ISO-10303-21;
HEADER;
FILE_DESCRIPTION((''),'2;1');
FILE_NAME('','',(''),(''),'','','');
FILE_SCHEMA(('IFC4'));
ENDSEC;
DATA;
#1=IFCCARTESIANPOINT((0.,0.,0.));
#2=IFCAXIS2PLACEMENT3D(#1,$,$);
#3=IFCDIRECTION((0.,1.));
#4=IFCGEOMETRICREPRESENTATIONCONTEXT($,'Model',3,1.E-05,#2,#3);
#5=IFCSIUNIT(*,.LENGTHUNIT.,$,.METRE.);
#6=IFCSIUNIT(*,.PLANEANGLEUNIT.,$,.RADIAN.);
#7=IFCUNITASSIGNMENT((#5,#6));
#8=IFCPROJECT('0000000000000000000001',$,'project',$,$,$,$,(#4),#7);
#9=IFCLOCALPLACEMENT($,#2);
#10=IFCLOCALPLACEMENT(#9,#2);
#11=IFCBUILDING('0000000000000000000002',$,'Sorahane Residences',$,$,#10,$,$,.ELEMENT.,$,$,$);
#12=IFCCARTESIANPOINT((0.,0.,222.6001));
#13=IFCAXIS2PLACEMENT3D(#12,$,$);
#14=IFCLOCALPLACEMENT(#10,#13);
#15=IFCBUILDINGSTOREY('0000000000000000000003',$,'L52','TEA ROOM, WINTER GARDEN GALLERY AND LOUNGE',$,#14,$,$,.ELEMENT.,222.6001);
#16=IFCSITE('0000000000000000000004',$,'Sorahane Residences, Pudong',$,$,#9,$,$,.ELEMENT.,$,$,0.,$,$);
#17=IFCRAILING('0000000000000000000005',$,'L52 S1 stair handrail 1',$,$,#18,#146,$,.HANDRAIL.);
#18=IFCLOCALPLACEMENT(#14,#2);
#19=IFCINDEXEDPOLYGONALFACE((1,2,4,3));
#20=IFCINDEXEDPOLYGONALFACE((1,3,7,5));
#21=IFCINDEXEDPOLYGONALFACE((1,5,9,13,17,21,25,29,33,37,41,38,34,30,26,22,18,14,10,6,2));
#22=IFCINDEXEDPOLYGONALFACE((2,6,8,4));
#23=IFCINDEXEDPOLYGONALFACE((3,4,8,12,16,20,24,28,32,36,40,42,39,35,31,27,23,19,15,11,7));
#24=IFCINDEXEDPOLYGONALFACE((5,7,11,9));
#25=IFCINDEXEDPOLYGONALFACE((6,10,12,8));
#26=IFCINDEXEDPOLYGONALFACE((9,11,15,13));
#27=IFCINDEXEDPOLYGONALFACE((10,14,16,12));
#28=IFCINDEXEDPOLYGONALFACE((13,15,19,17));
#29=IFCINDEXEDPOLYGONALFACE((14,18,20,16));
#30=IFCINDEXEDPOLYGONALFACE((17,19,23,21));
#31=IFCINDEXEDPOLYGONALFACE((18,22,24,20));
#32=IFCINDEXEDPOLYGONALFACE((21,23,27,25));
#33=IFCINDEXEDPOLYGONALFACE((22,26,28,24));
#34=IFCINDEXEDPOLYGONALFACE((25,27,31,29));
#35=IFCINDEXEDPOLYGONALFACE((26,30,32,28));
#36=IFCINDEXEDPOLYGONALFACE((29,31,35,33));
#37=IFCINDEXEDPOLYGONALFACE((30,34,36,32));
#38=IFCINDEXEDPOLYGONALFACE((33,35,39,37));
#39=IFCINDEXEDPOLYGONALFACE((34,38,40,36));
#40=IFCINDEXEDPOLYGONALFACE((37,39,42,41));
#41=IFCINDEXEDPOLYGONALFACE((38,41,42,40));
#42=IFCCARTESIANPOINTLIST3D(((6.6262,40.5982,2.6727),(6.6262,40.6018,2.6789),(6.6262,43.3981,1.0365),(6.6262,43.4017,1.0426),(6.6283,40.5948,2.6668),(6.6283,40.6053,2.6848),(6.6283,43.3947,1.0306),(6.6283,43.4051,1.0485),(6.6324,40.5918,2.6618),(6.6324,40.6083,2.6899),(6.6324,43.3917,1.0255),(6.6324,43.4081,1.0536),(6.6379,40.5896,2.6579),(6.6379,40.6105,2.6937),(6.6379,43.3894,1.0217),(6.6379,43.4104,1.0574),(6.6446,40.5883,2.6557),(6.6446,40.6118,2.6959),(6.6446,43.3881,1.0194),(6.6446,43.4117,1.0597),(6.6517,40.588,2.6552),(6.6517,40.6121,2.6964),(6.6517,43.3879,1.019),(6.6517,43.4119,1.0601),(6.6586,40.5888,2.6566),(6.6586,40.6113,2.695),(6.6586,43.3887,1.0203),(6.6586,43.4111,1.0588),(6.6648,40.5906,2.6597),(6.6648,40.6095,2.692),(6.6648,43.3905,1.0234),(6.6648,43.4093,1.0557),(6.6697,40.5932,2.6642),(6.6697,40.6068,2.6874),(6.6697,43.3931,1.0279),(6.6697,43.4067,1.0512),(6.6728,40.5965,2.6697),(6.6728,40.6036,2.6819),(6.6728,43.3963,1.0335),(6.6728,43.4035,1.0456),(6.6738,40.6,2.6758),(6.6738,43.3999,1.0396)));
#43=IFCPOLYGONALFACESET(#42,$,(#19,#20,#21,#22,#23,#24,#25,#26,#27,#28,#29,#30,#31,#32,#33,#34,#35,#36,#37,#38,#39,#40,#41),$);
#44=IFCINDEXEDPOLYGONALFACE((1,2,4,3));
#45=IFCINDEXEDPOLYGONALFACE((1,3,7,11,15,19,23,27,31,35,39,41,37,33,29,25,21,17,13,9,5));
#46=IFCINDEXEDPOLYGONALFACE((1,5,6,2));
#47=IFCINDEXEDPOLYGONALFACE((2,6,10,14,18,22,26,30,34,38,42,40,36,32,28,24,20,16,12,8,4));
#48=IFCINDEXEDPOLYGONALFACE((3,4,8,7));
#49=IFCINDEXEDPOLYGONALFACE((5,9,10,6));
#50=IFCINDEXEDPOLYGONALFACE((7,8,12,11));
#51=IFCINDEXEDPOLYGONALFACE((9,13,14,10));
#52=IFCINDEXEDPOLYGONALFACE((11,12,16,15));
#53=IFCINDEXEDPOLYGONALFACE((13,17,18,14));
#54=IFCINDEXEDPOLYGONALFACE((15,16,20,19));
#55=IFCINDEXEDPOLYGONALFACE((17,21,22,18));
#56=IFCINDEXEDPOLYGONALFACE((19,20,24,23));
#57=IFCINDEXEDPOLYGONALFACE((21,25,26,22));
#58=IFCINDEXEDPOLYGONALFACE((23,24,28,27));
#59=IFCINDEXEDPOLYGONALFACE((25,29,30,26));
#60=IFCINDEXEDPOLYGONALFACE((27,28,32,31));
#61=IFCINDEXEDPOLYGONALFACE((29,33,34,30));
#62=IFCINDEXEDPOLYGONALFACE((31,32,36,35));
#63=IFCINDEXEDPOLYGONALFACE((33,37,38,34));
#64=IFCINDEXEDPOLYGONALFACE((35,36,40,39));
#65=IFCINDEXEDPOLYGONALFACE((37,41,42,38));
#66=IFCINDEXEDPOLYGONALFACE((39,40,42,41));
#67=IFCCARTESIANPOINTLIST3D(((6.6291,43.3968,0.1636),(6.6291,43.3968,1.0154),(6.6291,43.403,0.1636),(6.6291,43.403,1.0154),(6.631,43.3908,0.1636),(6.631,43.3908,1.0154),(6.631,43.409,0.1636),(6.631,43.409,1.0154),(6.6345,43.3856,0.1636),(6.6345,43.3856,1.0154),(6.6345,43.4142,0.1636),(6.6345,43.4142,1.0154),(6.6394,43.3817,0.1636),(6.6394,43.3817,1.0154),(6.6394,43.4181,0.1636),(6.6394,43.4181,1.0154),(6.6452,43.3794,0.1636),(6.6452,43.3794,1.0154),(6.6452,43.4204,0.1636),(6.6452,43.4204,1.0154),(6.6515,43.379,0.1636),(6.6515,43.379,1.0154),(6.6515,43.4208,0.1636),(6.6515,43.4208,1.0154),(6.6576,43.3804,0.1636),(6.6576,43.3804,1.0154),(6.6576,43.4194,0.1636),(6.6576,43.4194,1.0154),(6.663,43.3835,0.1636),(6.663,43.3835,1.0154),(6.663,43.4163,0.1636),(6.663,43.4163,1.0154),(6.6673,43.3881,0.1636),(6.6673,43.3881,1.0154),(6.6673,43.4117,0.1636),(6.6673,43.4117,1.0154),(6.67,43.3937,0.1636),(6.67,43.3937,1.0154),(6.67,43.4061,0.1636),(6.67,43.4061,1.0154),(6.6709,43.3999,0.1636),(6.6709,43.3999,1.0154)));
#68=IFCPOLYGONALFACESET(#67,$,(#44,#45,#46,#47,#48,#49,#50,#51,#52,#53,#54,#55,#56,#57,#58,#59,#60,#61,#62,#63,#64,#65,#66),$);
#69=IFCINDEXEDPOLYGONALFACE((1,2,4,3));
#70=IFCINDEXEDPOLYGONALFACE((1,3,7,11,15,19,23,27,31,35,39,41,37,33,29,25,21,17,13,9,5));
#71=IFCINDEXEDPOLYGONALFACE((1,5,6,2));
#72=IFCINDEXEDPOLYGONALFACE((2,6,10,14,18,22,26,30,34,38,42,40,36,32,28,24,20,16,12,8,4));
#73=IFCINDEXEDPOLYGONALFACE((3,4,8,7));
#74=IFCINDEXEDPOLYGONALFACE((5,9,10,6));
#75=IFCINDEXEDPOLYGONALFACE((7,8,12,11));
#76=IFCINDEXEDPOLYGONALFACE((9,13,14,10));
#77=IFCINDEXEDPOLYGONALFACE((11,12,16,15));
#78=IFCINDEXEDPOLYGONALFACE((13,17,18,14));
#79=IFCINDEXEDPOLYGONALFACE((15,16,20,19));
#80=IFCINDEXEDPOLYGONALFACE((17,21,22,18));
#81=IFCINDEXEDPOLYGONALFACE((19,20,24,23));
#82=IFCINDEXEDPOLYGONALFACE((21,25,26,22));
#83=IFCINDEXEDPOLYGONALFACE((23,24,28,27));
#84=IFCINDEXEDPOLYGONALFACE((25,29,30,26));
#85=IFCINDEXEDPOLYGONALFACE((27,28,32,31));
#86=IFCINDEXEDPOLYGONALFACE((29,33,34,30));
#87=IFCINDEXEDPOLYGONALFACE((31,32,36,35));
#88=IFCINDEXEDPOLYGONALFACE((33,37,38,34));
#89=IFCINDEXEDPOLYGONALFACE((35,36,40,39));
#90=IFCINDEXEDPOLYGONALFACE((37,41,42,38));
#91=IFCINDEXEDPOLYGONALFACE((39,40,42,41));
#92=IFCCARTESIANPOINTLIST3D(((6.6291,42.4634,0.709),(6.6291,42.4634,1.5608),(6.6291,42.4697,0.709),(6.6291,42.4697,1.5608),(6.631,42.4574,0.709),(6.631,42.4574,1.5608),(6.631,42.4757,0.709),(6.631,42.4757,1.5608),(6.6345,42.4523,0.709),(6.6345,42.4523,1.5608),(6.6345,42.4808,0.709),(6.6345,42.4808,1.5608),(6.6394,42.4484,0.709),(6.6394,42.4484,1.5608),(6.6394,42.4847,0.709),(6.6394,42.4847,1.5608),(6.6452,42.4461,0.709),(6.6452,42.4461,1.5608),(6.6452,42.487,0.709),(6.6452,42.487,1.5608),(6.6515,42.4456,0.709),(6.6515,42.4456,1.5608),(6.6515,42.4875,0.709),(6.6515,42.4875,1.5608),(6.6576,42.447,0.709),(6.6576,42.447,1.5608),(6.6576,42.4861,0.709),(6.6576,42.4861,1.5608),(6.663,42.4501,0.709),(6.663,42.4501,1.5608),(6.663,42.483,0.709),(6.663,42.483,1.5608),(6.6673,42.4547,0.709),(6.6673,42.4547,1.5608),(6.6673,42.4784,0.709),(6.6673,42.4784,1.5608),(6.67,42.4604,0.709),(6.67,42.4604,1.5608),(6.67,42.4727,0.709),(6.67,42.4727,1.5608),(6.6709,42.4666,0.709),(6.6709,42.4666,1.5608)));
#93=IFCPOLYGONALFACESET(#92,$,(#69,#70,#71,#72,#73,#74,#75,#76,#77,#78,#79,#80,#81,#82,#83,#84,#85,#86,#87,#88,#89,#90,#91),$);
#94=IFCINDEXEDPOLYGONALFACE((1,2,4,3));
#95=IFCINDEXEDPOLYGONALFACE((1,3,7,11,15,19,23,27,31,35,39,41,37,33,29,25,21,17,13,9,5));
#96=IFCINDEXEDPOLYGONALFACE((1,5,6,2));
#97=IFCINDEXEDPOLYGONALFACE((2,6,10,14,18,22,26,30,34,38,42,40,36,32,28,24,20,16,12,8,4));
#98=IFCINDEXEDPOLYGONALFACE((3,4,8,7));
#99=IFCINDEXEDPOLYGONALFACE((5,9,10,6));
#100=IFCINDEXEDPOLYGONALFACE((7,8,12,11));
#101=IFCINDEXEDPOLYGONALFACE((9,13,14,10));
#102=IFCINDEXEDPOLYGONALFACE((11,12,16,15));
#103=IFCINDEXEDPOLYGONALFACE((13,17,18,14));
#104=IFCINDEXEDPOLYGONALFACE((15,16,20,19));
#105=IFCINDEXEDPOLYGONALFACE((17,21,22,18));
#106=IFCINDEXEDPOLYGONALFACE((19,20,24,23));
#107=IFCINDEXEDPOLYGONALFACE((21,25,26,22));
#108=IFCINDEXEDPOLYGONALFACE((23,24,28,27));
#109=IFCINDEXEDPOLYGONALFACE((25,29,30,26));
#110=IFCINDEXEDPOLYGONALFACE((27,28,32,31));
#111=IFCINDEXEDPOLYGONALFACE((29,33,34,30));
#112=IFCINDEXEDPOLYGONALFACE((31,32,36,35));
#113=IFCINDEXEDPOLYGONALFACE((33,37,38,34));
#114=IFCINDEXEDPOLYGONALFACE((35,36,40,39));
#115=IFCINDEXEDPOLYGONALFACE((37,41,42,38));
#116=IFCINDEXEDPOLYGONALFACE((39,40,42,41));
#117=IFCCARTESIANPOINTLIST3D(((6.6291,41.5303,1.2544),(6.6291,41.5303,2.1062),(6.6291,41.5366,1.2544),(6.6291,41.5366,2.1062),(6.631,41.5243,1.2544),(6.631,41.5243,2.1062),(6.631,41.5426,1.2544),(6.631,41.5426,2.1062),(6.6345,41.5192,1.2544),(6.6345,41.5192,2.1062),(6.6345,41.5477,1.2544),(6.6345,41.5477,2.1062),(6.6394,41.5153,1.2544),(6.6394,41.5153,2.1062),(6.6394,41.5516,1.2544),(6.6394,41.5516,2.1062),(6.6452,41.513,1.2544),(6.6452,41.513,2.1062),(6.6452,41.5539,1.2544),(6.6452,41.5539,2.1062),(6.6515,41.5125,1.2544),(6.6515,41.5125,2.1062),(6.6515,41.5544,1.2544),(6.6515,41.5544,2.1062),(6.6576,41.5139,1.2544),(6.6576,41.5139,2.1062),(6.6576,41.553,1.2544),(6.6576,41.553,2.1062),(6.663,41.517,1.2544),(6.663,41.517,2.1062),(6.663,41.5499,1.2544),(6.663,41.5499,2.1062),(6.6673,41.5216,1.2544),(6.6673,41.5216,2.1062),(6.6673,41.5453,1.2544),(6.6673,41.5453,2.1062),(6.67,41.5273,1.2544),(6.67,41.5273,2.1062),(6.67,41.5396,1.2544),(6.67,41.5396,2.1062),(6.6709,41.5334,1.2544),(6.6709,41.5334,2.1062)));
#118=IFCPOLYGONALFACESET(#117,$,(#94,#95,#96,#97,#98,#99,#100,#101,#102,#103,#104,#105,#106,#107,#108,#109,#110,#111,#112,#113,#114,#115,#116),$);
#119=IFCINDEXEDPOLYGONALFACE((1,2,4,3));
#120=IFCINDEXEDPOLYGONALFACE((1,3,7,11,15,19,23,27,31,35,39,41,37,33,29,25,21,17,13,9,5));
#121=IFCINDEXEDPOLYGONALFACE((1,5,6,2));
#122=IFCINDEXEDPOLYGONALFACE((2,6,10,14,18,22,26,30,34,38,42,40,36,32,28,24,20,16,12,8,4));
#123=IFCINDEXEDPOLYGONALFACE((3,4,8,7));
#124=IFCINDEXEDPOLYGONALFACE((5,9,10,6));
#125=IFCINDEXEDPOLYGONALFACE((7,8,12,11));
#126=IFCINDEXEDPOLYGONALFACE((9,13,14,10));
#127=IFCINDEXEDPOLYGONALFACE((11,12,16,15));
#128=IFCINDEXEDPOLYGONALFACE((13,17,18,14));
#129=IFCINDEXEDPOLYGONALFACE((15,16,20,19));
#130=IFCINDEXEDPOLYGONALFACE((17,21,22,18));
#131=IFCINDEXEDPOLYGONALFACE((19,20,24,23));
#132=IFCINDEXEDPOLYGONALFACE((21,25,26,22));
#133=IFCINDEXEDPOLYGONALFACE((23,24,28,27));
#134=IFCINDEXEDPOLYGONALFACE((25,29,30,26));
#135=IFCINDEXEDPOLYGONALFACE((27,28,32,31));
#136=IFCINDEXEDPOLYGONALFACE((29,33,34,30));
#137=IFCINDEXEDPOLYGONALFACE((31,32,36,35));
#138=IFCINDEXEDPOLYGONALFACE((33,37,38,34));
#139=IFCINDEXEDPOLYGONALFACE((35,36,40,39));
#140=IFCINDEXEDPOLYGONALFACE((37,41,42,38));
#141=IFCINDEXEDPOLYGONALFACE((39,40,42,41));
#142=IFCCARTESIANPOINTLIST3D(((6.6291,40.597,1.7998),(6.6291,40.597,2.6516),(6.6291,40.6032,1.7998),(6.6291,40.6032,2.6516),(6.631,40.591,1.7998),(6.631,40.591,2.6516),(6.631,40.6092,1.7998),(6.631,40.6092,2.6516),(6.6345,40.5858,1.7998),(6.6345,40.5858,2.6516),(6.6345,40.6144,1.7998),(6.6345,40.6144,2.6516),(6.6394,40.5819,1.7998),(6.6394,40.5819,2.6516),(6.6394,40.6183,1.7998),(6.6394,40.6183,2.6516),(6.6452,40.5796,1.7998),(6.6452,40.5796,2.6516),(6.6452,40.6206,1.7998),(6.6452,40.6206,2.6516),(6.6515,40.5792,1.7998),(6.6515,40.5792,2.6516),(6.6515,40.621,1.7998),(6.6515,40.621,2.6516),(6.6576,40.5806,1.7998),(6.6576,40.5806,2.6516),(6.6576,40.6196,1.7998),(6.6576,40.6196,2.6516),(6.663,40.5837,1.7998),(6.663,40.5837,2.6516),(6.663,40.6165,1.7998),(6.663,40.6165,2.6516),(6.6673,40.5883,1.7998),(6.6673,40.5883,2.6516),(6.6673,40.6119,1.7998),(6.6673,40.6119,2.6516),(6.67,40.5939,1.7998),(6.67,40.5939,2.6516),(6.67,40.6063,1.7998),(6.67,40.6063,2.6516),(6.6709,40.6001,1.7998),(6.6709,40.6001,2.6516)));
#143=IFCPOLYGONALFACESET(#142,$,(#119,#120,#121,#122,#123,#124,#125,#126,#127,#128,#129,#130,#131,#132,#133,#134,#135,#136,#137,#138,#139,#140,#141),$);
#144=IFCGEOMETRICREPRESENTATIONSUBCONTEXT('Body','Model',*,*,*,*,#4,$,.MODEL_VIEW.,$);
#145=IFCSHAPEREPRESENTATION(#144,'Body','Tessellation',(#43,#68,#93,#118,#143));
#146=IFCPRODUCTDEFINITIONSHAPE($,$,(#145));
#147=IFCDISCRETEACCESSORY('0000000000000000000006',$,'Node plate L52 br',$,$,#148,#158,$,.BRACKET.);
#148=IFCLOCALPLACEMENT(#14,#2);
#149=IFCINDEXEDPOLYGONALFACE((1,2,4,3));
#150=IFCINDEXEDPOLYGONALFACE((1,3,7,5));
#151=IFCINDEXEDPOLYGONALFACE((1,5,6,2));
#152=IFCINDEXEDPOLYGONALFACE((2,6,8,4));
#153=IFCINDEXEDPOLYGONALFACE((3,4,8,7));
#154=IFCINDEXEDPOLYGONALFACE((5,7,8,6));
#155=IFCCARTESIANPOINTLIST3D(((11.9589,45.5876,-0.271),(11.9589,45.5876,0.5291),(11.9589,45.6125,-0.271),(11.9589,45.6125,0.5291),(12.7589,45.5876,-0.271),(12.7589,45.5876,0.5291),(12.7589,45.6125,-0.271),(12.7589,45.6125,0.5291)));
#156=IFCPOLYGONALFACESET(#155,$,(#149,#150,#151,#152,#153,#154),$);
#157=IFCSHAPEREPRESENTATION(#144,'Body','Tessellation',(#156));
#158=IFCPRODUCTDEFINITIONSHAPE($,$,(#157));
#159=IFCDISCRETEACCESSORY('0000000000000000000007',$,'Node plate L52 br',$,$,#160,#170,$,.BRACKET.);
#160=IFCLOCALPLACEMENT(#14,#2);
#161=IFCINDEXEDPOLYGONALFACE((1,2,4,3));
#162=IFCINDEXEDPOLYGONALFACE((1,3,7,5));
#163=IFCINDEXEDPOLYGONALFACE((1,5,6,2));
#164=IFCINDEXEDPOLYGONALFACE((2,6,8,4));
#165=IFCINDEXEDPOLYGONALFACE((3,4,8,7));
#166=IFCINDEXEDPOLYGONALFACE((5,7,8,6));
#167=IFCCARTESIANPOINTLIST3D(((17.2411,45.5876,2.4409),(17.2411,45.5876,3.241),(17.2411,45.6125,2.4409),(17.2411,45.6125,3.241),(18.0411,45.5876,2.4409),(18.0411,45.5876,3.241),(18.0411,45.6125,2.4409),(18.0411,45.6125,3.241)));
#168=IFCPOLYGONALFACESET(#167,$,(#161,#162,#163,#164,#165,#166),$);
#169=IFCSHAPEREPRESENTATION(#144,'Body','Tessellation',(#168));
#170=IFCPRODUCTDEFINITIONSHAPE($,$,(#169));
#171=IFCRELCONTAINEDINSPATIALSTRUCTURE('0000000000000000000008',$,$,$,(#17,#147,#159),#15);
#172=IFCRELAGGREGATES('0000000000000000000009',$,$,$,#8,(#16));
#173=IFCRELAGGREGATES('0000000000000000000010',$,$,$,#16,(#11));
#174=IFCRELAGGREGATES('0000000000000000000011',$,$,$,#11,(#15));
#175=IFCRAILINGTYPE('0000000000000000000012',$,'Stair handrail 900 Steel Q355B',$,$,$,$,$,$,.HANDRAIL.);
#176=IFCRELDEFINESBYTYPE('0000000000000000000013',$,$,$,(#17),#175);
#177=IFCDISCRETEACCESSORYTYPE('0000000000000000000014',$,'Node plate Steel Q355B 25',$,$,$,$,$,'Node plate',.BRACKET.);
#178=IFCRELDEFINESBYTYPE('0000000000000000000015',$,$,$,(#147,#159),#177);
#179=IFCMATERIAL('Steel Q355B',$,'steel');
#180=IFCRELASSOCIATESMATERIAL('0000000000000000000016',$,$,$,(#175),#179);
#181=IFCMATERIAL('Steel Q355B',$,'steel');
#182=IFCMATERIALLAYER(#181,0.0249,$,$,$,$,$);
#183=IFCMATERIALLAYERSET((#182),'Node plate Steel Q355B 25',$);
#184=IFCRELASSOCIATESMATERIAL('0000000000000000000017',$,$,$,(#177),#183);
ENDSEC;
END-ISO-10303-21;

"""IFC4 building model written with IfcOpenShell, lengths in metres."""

from ifc_helpers import new_model, si_unit, direction, frame, origin, origin_2d, place, context, subcontext, project, spatial, rectangle, circle, extrude, material, layer, layer_set, type_object, element, save


model = new_model("IFC4")

# Units and contexts
model_context = context("Model", 3, precision=1e-05, world=origin(), true_north=direction((0.0, 1.0)))
body_context = subcontext(model_context, "Body", "Model", "MODEL_VIEW")
ifc_project = project(units=[si_unit("LENGTHUNIT", "METRE"), si_unit("PLANEANGLEUNIT", "RADIAN")], contexts=[model_context])

# Site, building, storey
site_placement = place(None, origin())
site = spatial("IfcSite", under=ifc_project, at=site_placement, Name="Sorahane Residences, Pudong", CompositionType="ELEMENT", RefElevation=0.0)
building_placement = place(site_placement, origin())
building = spatial("IfcBuilding", under=site, at=building_placement, Name="Sorahane Residences", CompositionType="ELEMENT")
storey_placement = place(building_placement, frame((0.0, 0.0, 222.6001)))
storey = spatial("IfcBuildingStorey", under=building, at=storey_placement, Name="L52", Description="TEA ROOM, WINTER GARDEN GALLERY AND LOUNGE", CompositionType="ELEMENT", Elevation=222.6001)

# Railing
ifc_material_1 = material(Name="Steel Q355B", Category="steel")
railing_type_1 = type_object("IfcRailingType", Name="Stair handrail 900 Steel Q355B", PredefinedType="HANDRAIL", material=ifc_material_1)
railing_1_placement = place(storey_placement, frame((6.6499, 43.3999, 0.1636)))
element("IfcRailing", 1, at=railing_1_placement, inside=storey, type_object=railing_type_1, Name="L52 S1 stair handrail 1", PredefinedType="HANDRAIL", context=body_context, shape_type="SweptSolid", body=[
    extrude(circle(Radius=0.0239, at=origin_2d()), frame((0.0, 0.0, 0.876), z_axis=(0.0, -0.863374, 0.504564), x_axis=(1.0, 0.0, 0.0)), (0.0, 0.0, 1.0), 3.2429),
    extrude(circle(Radius=0.021, at=origin_2d()), origin(), (0.0, 0.0, 1.0), 0.8518),
    extrude(circle(Radius=0.021, at=origin_2d()), frame((0.0, -0.9333, 0.5454)), (0.0, 0.0, 1.0), 0.8518),
    extrude(circle(Radius=0.021, at=origin_2d()), frame((0.0, -1.8665, 1.0908)), (0.0, 0.0, 1.0), 0.8518),
    extrude(circle(Radius=0.021, at=origin_2d()), frame((0.0, -2.7998, 1.6362)), (0.0, 0.0, 1.0), 0.8518),
])

# Discrete accessories
ifc_material_2 = material(Name="Steel Q355B", Category="steel")
ifc_layer_1 = layer(ifc_material_2, 0.0249)
ifc_layer_set_1 = layer_set([ifc_layer_1], Name="Node plate Steel Q355B 25")
discrete_accessory_type = type_object("IfcDiscreteAccessoryType", Name="Node plate Steel Q355B 25", ElementType="Node plate", PredefinedType="BRACKET", material=ifc_layer_set_1)
for number, where, z_axis, x_axis, name in (
    (2, (12.3589, 45.6001, -0.271), (0.0, 0.0, 1.0), (1.0, 0.0, 0.0), "Node plate L52 br"),
    (3, (17.6411, 45.6001, 2.4409), (0.0, 0.0, 1.0), (1.0, 0.0, 0.0), "Node plate L52 br"),
):
    element("IfcDiscreteAccessory", number, at=place(storey_placement, frame(where, z_axis=z_axis, x_axis=x_axis)), inside=storey, type_object=discrete_accessory_type, Name=name, PredefinedType="BRACKET", context=body_context, shape_type="SweptSolid", body=[
        extrude(rectangle(XDim=0.8, YDim=0.0249, at=origin_2d()), origin(), (0.0, 0.0, 1.0), 0.8),
    ])

save(model, "model.ifc")
